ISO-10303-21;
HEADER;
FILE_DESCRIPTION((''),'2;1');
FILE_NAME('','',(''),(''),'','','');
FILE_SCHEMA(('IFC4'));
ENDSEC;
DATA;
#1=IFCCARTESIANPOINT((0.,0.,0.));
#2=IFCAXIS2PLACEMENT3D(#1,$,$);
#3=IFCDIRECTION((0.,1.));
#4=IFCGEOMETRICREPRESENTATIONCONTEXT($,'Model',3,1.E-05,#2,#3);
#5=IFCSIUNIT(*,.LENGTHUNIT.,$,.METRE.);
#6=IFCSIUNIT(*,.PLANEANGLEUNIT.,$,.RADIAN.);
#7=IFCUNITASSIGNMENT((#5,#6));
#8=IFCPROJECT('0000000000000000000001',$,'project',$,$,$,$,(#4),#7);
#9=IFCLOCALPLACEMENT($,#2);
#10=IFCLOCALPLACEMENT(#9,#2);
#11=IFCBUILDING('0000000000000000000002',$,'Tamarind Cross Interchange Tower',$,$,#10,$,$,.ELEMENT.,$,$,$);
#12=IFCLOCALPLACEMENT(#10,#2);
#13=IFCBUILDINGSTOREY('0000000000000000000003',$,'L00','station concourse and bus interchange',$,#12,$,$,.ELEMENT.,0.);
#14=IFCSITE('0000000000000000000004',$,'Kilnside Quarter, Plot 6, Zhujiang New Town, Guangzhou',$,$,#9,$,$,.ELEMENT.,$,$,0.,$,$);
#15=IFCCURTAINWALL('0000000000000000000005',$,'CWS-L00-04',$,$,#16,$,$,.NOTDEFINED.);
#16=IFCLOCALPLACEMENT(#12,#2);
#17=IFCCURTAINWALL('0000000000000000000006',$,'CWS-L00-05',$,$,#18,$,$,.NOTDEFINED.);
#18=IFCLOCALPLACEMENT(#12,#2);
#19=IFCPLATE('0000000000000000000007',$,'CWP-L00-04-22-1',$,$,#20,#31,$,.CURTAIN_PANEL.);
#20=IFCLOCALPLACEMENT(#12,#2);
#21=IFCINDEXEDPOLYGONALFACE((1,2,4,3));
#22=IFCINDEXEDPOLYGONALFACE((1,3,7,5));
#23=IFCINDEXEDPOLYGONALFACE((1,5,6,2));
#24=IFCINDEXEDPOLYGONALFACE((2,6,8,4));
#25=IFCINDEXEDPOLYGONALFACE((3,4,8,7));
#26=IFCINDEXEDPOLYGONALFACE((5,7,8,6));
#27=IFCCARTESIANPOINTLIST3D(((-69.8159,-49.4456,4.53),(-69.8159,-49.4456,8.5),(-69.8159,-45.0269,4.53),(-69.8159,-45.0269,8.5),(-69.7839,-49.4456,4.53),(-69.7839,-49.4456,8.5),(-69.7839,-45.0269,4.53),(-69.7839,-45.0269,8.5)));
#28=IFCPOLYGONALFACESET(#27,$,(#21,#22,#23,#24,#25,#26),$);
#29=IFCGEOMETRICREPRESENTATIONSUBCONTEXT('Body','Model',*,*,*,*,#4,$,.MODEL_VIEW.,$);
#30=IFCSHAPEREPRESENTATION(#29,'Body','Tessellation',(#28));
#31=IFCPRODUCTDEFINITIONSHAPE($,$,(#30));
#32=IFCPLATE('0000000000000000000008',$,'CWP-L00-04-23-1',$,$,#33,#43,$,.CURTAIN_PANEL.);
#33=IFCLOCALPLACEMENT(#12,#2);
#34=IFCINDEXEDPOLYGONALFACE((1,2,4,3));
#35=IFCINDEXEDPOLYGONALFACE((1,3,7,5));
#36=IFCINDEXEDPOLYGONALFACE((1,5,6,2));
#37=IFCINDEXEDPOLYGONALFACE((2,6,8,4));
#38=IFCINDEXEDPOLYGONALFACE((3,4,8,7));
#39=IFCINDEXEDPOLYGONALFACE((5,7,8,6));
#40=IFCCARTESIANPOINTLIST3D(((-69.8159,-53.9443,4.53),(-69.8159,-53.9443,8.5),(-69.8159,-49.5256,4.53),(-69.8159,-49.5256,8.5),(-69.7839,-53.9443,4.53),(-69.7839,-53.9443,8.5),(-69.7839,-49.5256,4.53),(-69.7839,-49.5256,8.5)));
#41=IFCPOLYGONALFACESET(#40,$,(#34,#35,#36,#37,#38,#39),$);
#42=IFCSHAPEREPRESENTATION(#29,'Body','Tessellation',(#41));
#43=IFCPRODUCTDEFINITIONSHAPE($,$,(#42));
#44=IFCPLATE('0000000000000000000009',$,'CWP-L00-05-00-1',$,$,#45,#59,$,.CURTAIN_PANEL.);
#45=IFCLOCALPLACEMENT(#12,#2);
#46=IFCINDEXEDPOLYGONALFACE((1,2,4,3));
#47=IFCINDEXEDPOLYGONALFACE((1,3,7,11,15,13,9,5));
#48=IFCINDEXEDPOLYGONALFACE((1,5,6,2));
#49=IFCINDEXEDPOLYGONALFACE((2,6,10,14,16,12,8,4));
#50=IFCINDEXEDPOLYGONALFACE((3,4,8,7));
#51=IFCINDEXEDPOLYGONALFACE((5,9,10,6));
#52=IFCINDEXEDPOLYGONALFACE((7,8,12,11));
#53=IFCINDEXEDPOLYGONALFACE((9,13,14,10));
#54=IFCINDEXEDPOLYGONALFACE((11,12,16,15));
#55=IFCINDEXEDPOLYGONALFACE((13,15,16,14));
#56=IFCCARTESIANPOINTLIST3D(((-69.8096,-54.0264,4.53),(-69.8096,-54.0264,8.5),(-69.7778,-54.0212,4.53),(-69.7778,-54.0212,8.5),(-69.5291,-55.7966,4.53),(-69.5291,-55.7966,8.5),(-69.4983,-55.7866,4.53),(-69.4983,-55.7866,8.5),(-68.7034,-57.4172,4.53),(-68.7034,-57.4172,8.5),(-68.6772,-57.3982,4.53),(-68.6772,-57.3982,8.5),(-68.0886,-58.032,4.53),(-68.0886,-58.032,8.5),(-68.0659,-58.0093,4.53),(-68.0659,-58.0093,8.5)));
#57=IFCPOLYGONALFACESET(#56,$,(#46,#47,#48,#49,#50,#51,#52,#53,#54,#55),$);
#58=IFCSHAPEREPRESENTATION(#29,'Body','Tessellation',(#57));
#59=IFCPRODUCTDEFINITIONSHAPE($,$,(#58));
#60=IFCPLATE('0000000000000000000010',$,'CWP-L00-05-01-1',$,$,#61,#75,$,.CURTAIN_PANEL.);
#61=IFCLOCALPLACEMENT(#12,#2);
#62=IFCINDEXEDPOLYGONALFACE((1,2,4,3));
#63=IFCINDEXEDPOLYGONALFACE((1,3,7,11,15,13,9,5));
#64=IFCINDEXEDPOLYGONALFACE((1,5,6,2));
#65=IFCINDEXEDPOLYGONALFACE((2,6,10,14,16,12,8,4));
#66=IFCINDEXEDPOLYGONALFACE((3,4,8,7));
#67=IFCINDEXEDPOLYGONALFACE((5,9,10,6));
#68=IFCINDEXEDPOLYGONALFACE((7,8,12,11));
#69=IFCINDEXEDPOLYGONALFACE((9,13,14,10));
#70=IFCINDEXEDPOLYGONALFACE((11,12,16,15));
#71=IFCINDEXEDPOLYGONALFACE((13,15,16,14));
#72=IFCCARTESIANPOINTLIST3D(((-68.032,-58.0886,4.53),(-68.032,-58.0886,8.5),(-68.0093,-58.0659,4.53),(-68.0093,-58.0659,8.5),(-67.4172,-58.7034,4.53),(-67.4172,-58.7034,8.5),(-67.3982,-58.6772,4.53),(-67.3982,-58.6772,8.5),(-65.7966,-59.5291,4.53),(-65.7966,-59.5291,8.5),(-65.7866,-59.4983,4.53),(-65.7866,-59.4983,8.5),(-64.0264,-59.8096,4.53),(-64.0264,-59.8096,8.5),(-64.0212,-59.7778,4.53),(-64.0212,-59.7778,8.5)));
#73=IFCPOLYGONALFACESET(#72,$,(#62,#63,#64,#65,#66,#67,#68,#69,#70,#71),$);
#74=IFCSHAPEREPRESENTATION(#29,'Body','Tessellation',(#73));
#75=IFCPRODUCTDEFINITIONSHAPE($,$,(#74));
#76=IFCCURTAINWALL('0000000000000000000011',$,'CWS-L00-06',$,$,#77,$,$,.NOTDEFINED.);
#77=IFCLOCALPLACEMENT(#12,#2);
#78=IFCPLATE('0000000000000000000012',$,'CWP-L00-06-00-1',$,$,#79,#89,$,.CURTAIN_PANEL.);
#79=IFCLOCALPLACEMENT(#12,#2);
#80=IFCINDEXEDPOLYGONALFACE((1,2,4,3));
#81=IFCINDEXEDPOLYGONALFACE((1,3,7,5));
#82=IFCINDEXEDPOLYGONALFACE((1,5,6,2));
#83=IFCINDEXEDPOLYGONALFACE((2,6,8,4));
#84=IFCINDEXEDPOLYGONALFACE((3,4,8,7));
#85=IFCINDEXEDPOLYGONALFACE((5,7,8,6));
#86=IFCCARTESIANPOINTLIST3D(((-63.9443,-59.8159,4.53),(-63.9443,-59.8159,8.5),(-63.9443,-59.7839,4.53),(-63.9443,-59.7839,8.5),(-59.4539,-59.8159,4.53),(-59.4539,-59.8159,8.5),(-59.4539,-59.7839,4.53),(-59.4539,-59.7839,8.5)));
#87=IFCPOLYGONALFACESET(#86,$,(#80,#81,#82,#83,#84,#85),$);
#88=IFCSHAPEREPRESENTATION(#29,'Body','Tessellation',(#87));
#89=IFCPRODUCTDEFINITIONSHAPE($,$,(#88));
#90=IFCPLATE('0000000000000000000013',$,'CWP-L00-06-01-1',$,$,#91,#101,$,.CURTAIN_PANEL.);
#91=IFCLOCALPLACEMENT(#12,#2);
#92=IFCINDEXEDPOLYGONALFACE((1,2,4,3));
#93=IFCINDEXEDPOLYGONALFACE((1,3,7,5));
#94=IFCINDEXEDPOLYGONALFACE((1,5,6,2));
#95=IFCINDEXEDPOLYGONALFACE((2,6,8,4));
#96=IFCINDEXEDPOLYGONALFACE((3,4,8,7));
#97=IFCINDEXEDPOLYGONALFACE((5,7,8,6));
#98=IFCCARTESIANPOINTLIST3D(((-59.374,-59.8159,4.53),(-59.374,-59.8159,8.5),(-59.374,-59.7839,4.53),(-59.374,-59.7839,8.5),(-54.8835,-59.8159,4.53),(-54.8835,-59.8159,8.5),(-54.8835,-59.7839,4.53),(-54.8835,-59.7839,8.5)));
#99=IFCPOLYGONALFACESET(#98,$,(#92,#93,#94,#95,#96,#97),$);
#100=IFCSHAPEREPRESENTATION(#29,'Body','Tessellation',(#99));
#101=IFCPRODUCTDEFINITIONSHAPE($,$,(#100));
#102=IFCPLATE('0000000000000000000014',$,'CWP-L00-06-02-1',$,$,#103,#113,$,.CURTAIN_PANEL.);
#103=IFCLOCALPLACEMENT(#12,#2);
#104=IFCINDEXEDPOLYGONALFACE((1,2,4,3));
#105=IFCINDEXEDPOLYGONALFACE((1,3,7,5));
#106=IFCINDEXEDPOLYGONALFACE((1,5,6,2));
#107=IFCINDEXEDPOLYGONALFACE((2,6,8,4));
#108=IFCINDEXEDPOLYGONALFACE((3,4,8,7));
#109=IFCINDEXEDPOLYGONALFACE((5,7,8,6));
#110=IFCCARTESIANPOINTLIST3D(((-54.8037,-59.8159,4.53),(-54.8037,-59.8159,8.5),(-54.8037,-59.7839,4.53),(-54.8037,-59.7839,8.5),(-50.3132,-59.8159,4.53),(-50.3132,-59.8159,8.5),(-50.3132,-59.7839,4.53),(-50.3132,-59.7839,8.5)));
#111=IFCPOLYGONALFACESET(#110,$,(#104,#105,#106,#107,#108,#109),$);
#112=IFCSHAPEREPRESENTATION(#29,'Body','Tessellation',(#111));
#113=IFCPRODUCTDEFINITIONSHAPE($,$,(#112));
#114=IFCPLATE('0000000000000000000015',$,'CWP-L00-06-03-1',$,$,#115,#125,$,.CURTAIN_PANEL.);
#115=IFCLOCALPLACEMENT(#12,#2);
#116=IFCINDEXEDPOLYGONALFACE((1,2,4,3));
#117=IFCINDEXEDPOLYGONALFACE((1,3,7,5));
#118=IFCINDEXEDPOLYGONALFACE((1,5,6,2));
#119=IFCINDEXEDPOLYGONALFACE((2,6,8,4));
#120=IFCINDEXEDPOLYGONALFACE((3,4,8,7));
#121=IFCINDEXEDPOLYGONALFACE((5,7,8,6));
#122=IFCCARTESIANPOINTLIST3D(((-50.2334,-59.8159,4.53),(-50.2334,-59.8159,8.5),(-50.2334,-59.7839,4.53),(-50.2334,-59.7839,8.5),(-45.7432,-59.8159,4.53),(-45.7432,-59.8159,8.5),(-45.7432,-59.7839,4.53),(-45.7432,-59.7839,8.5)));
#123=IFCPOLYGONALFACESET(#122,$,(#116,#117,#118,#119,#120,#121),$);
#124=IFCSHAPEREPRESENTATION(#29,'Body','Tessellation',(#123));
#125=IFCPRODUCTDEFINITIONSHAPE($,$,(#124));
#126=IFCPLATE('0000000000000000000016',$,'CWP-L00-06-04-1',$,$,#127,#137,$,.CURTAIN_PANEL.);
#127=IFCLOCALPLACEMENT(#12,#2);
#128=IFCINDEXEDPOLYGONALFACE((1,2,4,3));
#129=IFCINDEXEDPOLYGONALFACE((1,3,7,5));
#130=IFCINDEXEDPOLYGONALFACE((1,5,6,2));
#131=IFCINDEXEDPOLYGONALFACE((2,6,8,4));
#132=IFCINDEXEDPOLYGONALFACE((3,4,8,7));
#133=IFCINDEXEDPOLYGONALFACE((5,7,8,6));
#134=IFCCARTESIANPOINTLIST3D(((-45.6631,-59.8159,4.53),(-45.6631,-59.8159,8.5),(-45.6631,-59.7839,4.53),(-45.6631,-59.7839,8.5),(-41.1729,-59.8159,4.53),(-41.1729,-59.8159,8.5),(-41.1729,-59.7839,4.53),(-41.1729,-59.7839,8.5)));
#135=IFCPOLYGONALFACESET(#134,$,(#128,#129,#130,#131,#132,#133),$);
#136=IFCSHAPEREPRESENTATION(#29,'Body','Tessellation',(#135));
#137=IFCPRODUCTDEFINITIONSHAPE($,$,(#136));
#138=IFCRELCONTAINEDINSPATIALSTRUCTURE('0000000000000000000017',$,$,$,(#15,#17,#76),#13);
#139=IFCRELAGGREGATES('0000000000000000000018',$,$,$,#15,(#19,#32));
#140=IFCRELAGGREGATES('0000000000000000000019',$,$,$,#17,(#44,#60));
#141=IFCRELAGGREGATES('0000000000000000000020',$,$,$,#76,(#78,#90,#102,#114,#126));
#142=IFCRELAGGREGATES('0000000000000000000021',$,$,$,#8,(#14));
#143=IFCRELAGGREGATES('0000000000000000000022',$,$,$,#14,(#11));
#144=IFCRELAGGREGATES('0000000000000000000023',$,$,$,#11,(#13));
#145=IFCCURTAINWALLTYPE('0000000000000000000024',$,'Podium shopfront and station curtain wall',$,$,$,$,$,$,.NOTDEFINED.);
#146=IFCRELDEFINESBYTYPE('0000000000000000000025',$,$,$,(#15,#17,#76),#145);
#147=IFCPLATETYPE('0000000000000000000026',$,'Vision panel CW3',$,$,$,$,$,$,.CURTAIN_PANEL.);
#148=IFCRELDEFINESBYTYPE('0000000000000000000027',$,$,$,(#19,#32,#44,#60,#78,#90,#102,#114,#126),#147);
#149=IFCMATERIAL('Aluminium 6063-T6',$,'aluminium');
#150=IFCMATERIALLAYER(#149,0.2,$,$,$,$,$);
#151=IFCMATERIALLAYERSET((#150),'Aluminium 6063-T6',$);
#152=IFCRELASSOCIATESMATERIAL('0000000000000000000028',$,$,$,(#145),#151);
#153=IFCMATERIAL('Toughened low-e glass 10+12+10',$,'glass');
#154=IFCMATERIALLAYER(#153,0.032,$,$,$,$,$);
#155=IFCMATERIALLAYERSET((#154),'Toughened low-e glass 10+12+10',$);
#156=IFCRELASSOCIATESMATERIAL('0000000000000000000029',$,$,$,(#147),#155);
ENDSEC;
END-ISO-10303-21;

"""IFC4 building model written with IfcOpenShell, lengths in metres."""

from ifc_helpers import new_model, si_unit, direction, frame, origin, place, context, subcontext, project, spatial, polyline, outline, extrude, material, layer, layer_set, type_object, element, aggregate, save


model = new_model("IFC4")

# Units and contexts
model_context = context("Model", 3, precision=1e-05, world=origin(), true_north=direction((0.0, 1.0)))
body_context = subcontext(model_context, "Body", "Model", "MODEL_VIEW")
ifc_project = project(units=[si_unit("LENGTHUNIT", "METRE"), si_unit("PLANEANGLEUNIT", "RADIAN")], contexts=[model_context])

# Site, building, storey
site_placement = place(None, origin())
site = spatial("IfcSite", under=ifc_project, at=site_placement, Name="Kilnside Quarter, Plot 6, Zhujiang New Town, Guangzhou", CompositionType="ELEMENT", RefElevation=0.0)
building_placement = place(site_placement, origin())
building = spatial("IfcBuilding", under=site, at=building_placement, Name="Tamarind Cross Interchange Tower", CompositionType="ELEMENT")
storey_placement = place(building_placement, origin())
storey = spatial("IfcBuildingStorey", under=building, at=storey_placement, Name="L00", Description="station concourse and bus interchange", CompositionType="ELEMENT", Elevation=0.0)

# Curtain walls
ifc_material_1 = material(Name="Aluminium 6063-T6", Category="aluminium")
ifc_layer_1 = layer(ifc_material_1, 0.2)
ifc_layer_set_1 = layer_set([ifc_layer_1], Name="Aluminium 6063-T6")
curtain_wall_type = type_object("IfcCurtainWallType", Name="Podium shopfront and station curtain wall", PredefinedType="NOTDEFINED", material=ifc_layer_set_1)
curtain_wall_1_placement = place(storey_placement, origin())
curtain_wall_1 = element("IfcCurtainWall", 1, at=curtain_wall_1_placement, inside=storey, type_object=curtain_wall_type, Name="CWS-L00-04", PredefinedType="NOTDEFINED")
curtain_wall_2_placement = place(storey_placement, origin())
curtain_wall_2 = element("IfcCurtainWall", 2, at=curtain_wall_2_placement, inside=storey, type_object=curtain_wall_type, Name="CWS-L00-05", PredefinedType="NOTDEFINED")

# Plates
ifc_material_2 = material(Name="Toughened low-e glass 10+12+10", Category="glass")
ifc_layer_2 = layer(ifc_material_2, 0.032)
ifc_layer_set_2 = layer_set([ifc_layer_2], Name="Toughened low-e glass 10+12+10")
plate_type = type_object("IfcPlateType", Name="Vision panel CW3", PredefinedType="CURTAIN_PANEL", material=ifc_layer_set_2)
plate_1_placement = place(storey_placement, frame((0.0, 0.0, 4.53)))
plate_1 = element("IfcPlate", 3, at=plate_1_placement, type_object=plate_type, Name="CWP-L00-04-22-1", PredefinedType="CURTAIN_PANEL", context=body_context, shape_type="SweptSolid", body=[
    extrude(outline(polyline([(-69.7839, -45.0269), (-69.7839, -49.4456), (-69.8159, -49.4456), (-69.8159, -45.0269), (-69.7839, -45.0269)])), origin(), (0.0, 0.0, 1.0), 3.97),
])
plate_2_placement = place(storey_placement, frame((0.0, 0.0, 4.53)))
plate_2 = element("IfcPlate", 4, at=plate_2_placement, type_object=plate_type, Name="CWP-L00-04-23-1", PredefinedType="CURTAIN_PANEL", context=body_context, shape_type="SweptSolid", body=[
    extrude(outline(polyline([(-69.7839, -49.5256), (-69.7839, -53.9443), (-69.8159, -53.9443), (-69.8159, -49.5256), (-69.7839, -49.5256)])), origin(), (0.0, 0.0, 1.0), 3.97),
])
aggregate(curtain_wall_1, [plate_1, plate_2])
plate_3_placement = place(storey_placement, frame((0.0, 0.0, 4.53)))
plate_3 = element("IfcPlate", 5, at=plate_3_placement, type_object=plate_type, Name="CWP-L00-05-00-1", PredefinedType="CURTAIN_PANEL", context=body_context, shape_type="SweptSolid", body=[
    extrude(outline(polyline([(-69.7778, -54.0212), (-69.4983, -55.7866), (-68.6772, -57.3982), (-68.0659, -58.0093), (-68.0886, -58.032), (-68.7034, -57.4172), (-69.5291, -55.7966), (-69.8096, -54.0264), (-69.7778, -54.0212)])), origin(), (0.0, 0.0, 1.0), 3.97),
])
plate_4_placement = place(storey_placement, frame((0.0, 0.0, 4.53)))
plate_4 = element("IfcPlate", 6, at=plate_4_placement, type_object=plate_type, Name="CWP-L00-05-01-1", PredefinedType="CURTAIN_PANEL", context=body_context, shape_type="SweptSolid", body=[
    extrude(outline(polyline([(-68.0093, -58.0659), (-67.3982, -58.6772), (-65.7866, -59.4983), (-64.0212, -59.7778), (-64.0264, -59.8096), (-65.7966, -59.5291), (-67.4172, -58.7034), (-68.032, -58.0886), (-68.0093, -58.0659)])), origin(), (0.0, 0.0, 1.0), 3.97),
])
aggregate(curtain_wall_2, [plate_3, plate_4])

# Curtain wall, plates
curtain_wall_3_placement = place(storey_placement, origin())
curtain_wall_3 = element("IfcCurtainWall", 7, at=curtain_wall_3_placement, inside=storey, type_object=curtain_wall_type, Name="CWS-L00-06", PredefinedType="NOTDEFINED")
plate_5_placement = place(storey_placement, frame((0.0, 0.0, 4.53)))
plate_5 = element("IfcPlate", 8, at=plate_5_placement, type_object=plate_type, Name="CWP-L00-06-00-1", PredefinedType="CURTAIN_PANEL", context=body_context, shape_type="SweptSolid", body=[
    extrude(outline(polyline([(-63.9443, -59.7839), (-59.4539, -59.7839), (-59.4539, -59.8159), (-63.9443, -59.8159), (-63.9443, -59.7839)])), origin(), (0.0, 0.0, 1.0), 3.97),
])
plate_6_placement = place(storey_placement, frame((0.0, 0.0, 4.53)))
plate_6 = element("IfcPlate", 9, at=plate_6_placement, type_object=plate_type, Name="CWP-L00-06-01-1", PredefinedType="CURTAIN_PANEL", context=body_context, shape_type="SweptSolid", body=[
    extrude(outline(polyline([(-59.374, -59.7839), (-54.8835, -59.7839), (-54.8835, -59.8159), (-59.374, -59.8159), (-59.374, -59.7839)])), origin(), (0.0, 0.0, 1.0), 3.97),
])
plate_7_placement = place(storey_placement, frame((0.0, 0.0, 4.53)))
plate_7 = element("IfcPlate", 10, at=plate_7_placement, type_object=plate_type, Name="CWP-L00-06-02-1", PredefinedType="CURTAIN_PANEL", context=body_context, shape_type="SweptSolid", body=[
    extrude(outline(polyline([(-54.8037, -59.7839), (-50.3132, -59.7839), (-50.3132, -59.8159), (-54.8037, -59.8159), (-54.8037, -59.7839)])), origin(), (0.0, 0.0, 1.0), 3.97),
])
plate_8_placement = place(storey_placement, frame((0.0, 0.0, 4.53)))
plate_8 = element("IfcPlate", 11, at=plate_8_placement, type_object=plate_type, Name="CWP-L00-06-03-1", PredefinedType="CURTAIN_PANEL", context=body_context, shape_type="SweptSolid", body=[
    extrude(outline(polyline([(-50.2334, -59.7839), (-45.7432, -59.7839), (-45.7432, -59.8159), (-50.2334, -59.8159), (-50.2334, -59.7839)])), origin(), (0.0, 0.0, 1.0), 3.97),
])
plate_9_placement = place(storey_placement, frame((0.0, 0.0, 4.53)))
plate_9 = element("IfcPlate", 12, at=plate_9_placement, type_object=plate_type, Name="CWP-L00-06-04-1", PredefinedType="CURTAIN_PANEL", context=body_context, shape_type="SweptSolid", body=[
    extrude(outline(polyline([(-45.6631, -59.7839), (-41.1729, -59.7839), (-41.1729, -59.8159), (-45.6631, -59.8159), (-45.6631, -59.7839)])), origin(), (0.0, 0.0, 1.0), 3.97),
])
aggregate(curtain_wall_3, [plate_5, plate_6, plate_7, plate_8, plate_9])

save(model, "model.ifc")
